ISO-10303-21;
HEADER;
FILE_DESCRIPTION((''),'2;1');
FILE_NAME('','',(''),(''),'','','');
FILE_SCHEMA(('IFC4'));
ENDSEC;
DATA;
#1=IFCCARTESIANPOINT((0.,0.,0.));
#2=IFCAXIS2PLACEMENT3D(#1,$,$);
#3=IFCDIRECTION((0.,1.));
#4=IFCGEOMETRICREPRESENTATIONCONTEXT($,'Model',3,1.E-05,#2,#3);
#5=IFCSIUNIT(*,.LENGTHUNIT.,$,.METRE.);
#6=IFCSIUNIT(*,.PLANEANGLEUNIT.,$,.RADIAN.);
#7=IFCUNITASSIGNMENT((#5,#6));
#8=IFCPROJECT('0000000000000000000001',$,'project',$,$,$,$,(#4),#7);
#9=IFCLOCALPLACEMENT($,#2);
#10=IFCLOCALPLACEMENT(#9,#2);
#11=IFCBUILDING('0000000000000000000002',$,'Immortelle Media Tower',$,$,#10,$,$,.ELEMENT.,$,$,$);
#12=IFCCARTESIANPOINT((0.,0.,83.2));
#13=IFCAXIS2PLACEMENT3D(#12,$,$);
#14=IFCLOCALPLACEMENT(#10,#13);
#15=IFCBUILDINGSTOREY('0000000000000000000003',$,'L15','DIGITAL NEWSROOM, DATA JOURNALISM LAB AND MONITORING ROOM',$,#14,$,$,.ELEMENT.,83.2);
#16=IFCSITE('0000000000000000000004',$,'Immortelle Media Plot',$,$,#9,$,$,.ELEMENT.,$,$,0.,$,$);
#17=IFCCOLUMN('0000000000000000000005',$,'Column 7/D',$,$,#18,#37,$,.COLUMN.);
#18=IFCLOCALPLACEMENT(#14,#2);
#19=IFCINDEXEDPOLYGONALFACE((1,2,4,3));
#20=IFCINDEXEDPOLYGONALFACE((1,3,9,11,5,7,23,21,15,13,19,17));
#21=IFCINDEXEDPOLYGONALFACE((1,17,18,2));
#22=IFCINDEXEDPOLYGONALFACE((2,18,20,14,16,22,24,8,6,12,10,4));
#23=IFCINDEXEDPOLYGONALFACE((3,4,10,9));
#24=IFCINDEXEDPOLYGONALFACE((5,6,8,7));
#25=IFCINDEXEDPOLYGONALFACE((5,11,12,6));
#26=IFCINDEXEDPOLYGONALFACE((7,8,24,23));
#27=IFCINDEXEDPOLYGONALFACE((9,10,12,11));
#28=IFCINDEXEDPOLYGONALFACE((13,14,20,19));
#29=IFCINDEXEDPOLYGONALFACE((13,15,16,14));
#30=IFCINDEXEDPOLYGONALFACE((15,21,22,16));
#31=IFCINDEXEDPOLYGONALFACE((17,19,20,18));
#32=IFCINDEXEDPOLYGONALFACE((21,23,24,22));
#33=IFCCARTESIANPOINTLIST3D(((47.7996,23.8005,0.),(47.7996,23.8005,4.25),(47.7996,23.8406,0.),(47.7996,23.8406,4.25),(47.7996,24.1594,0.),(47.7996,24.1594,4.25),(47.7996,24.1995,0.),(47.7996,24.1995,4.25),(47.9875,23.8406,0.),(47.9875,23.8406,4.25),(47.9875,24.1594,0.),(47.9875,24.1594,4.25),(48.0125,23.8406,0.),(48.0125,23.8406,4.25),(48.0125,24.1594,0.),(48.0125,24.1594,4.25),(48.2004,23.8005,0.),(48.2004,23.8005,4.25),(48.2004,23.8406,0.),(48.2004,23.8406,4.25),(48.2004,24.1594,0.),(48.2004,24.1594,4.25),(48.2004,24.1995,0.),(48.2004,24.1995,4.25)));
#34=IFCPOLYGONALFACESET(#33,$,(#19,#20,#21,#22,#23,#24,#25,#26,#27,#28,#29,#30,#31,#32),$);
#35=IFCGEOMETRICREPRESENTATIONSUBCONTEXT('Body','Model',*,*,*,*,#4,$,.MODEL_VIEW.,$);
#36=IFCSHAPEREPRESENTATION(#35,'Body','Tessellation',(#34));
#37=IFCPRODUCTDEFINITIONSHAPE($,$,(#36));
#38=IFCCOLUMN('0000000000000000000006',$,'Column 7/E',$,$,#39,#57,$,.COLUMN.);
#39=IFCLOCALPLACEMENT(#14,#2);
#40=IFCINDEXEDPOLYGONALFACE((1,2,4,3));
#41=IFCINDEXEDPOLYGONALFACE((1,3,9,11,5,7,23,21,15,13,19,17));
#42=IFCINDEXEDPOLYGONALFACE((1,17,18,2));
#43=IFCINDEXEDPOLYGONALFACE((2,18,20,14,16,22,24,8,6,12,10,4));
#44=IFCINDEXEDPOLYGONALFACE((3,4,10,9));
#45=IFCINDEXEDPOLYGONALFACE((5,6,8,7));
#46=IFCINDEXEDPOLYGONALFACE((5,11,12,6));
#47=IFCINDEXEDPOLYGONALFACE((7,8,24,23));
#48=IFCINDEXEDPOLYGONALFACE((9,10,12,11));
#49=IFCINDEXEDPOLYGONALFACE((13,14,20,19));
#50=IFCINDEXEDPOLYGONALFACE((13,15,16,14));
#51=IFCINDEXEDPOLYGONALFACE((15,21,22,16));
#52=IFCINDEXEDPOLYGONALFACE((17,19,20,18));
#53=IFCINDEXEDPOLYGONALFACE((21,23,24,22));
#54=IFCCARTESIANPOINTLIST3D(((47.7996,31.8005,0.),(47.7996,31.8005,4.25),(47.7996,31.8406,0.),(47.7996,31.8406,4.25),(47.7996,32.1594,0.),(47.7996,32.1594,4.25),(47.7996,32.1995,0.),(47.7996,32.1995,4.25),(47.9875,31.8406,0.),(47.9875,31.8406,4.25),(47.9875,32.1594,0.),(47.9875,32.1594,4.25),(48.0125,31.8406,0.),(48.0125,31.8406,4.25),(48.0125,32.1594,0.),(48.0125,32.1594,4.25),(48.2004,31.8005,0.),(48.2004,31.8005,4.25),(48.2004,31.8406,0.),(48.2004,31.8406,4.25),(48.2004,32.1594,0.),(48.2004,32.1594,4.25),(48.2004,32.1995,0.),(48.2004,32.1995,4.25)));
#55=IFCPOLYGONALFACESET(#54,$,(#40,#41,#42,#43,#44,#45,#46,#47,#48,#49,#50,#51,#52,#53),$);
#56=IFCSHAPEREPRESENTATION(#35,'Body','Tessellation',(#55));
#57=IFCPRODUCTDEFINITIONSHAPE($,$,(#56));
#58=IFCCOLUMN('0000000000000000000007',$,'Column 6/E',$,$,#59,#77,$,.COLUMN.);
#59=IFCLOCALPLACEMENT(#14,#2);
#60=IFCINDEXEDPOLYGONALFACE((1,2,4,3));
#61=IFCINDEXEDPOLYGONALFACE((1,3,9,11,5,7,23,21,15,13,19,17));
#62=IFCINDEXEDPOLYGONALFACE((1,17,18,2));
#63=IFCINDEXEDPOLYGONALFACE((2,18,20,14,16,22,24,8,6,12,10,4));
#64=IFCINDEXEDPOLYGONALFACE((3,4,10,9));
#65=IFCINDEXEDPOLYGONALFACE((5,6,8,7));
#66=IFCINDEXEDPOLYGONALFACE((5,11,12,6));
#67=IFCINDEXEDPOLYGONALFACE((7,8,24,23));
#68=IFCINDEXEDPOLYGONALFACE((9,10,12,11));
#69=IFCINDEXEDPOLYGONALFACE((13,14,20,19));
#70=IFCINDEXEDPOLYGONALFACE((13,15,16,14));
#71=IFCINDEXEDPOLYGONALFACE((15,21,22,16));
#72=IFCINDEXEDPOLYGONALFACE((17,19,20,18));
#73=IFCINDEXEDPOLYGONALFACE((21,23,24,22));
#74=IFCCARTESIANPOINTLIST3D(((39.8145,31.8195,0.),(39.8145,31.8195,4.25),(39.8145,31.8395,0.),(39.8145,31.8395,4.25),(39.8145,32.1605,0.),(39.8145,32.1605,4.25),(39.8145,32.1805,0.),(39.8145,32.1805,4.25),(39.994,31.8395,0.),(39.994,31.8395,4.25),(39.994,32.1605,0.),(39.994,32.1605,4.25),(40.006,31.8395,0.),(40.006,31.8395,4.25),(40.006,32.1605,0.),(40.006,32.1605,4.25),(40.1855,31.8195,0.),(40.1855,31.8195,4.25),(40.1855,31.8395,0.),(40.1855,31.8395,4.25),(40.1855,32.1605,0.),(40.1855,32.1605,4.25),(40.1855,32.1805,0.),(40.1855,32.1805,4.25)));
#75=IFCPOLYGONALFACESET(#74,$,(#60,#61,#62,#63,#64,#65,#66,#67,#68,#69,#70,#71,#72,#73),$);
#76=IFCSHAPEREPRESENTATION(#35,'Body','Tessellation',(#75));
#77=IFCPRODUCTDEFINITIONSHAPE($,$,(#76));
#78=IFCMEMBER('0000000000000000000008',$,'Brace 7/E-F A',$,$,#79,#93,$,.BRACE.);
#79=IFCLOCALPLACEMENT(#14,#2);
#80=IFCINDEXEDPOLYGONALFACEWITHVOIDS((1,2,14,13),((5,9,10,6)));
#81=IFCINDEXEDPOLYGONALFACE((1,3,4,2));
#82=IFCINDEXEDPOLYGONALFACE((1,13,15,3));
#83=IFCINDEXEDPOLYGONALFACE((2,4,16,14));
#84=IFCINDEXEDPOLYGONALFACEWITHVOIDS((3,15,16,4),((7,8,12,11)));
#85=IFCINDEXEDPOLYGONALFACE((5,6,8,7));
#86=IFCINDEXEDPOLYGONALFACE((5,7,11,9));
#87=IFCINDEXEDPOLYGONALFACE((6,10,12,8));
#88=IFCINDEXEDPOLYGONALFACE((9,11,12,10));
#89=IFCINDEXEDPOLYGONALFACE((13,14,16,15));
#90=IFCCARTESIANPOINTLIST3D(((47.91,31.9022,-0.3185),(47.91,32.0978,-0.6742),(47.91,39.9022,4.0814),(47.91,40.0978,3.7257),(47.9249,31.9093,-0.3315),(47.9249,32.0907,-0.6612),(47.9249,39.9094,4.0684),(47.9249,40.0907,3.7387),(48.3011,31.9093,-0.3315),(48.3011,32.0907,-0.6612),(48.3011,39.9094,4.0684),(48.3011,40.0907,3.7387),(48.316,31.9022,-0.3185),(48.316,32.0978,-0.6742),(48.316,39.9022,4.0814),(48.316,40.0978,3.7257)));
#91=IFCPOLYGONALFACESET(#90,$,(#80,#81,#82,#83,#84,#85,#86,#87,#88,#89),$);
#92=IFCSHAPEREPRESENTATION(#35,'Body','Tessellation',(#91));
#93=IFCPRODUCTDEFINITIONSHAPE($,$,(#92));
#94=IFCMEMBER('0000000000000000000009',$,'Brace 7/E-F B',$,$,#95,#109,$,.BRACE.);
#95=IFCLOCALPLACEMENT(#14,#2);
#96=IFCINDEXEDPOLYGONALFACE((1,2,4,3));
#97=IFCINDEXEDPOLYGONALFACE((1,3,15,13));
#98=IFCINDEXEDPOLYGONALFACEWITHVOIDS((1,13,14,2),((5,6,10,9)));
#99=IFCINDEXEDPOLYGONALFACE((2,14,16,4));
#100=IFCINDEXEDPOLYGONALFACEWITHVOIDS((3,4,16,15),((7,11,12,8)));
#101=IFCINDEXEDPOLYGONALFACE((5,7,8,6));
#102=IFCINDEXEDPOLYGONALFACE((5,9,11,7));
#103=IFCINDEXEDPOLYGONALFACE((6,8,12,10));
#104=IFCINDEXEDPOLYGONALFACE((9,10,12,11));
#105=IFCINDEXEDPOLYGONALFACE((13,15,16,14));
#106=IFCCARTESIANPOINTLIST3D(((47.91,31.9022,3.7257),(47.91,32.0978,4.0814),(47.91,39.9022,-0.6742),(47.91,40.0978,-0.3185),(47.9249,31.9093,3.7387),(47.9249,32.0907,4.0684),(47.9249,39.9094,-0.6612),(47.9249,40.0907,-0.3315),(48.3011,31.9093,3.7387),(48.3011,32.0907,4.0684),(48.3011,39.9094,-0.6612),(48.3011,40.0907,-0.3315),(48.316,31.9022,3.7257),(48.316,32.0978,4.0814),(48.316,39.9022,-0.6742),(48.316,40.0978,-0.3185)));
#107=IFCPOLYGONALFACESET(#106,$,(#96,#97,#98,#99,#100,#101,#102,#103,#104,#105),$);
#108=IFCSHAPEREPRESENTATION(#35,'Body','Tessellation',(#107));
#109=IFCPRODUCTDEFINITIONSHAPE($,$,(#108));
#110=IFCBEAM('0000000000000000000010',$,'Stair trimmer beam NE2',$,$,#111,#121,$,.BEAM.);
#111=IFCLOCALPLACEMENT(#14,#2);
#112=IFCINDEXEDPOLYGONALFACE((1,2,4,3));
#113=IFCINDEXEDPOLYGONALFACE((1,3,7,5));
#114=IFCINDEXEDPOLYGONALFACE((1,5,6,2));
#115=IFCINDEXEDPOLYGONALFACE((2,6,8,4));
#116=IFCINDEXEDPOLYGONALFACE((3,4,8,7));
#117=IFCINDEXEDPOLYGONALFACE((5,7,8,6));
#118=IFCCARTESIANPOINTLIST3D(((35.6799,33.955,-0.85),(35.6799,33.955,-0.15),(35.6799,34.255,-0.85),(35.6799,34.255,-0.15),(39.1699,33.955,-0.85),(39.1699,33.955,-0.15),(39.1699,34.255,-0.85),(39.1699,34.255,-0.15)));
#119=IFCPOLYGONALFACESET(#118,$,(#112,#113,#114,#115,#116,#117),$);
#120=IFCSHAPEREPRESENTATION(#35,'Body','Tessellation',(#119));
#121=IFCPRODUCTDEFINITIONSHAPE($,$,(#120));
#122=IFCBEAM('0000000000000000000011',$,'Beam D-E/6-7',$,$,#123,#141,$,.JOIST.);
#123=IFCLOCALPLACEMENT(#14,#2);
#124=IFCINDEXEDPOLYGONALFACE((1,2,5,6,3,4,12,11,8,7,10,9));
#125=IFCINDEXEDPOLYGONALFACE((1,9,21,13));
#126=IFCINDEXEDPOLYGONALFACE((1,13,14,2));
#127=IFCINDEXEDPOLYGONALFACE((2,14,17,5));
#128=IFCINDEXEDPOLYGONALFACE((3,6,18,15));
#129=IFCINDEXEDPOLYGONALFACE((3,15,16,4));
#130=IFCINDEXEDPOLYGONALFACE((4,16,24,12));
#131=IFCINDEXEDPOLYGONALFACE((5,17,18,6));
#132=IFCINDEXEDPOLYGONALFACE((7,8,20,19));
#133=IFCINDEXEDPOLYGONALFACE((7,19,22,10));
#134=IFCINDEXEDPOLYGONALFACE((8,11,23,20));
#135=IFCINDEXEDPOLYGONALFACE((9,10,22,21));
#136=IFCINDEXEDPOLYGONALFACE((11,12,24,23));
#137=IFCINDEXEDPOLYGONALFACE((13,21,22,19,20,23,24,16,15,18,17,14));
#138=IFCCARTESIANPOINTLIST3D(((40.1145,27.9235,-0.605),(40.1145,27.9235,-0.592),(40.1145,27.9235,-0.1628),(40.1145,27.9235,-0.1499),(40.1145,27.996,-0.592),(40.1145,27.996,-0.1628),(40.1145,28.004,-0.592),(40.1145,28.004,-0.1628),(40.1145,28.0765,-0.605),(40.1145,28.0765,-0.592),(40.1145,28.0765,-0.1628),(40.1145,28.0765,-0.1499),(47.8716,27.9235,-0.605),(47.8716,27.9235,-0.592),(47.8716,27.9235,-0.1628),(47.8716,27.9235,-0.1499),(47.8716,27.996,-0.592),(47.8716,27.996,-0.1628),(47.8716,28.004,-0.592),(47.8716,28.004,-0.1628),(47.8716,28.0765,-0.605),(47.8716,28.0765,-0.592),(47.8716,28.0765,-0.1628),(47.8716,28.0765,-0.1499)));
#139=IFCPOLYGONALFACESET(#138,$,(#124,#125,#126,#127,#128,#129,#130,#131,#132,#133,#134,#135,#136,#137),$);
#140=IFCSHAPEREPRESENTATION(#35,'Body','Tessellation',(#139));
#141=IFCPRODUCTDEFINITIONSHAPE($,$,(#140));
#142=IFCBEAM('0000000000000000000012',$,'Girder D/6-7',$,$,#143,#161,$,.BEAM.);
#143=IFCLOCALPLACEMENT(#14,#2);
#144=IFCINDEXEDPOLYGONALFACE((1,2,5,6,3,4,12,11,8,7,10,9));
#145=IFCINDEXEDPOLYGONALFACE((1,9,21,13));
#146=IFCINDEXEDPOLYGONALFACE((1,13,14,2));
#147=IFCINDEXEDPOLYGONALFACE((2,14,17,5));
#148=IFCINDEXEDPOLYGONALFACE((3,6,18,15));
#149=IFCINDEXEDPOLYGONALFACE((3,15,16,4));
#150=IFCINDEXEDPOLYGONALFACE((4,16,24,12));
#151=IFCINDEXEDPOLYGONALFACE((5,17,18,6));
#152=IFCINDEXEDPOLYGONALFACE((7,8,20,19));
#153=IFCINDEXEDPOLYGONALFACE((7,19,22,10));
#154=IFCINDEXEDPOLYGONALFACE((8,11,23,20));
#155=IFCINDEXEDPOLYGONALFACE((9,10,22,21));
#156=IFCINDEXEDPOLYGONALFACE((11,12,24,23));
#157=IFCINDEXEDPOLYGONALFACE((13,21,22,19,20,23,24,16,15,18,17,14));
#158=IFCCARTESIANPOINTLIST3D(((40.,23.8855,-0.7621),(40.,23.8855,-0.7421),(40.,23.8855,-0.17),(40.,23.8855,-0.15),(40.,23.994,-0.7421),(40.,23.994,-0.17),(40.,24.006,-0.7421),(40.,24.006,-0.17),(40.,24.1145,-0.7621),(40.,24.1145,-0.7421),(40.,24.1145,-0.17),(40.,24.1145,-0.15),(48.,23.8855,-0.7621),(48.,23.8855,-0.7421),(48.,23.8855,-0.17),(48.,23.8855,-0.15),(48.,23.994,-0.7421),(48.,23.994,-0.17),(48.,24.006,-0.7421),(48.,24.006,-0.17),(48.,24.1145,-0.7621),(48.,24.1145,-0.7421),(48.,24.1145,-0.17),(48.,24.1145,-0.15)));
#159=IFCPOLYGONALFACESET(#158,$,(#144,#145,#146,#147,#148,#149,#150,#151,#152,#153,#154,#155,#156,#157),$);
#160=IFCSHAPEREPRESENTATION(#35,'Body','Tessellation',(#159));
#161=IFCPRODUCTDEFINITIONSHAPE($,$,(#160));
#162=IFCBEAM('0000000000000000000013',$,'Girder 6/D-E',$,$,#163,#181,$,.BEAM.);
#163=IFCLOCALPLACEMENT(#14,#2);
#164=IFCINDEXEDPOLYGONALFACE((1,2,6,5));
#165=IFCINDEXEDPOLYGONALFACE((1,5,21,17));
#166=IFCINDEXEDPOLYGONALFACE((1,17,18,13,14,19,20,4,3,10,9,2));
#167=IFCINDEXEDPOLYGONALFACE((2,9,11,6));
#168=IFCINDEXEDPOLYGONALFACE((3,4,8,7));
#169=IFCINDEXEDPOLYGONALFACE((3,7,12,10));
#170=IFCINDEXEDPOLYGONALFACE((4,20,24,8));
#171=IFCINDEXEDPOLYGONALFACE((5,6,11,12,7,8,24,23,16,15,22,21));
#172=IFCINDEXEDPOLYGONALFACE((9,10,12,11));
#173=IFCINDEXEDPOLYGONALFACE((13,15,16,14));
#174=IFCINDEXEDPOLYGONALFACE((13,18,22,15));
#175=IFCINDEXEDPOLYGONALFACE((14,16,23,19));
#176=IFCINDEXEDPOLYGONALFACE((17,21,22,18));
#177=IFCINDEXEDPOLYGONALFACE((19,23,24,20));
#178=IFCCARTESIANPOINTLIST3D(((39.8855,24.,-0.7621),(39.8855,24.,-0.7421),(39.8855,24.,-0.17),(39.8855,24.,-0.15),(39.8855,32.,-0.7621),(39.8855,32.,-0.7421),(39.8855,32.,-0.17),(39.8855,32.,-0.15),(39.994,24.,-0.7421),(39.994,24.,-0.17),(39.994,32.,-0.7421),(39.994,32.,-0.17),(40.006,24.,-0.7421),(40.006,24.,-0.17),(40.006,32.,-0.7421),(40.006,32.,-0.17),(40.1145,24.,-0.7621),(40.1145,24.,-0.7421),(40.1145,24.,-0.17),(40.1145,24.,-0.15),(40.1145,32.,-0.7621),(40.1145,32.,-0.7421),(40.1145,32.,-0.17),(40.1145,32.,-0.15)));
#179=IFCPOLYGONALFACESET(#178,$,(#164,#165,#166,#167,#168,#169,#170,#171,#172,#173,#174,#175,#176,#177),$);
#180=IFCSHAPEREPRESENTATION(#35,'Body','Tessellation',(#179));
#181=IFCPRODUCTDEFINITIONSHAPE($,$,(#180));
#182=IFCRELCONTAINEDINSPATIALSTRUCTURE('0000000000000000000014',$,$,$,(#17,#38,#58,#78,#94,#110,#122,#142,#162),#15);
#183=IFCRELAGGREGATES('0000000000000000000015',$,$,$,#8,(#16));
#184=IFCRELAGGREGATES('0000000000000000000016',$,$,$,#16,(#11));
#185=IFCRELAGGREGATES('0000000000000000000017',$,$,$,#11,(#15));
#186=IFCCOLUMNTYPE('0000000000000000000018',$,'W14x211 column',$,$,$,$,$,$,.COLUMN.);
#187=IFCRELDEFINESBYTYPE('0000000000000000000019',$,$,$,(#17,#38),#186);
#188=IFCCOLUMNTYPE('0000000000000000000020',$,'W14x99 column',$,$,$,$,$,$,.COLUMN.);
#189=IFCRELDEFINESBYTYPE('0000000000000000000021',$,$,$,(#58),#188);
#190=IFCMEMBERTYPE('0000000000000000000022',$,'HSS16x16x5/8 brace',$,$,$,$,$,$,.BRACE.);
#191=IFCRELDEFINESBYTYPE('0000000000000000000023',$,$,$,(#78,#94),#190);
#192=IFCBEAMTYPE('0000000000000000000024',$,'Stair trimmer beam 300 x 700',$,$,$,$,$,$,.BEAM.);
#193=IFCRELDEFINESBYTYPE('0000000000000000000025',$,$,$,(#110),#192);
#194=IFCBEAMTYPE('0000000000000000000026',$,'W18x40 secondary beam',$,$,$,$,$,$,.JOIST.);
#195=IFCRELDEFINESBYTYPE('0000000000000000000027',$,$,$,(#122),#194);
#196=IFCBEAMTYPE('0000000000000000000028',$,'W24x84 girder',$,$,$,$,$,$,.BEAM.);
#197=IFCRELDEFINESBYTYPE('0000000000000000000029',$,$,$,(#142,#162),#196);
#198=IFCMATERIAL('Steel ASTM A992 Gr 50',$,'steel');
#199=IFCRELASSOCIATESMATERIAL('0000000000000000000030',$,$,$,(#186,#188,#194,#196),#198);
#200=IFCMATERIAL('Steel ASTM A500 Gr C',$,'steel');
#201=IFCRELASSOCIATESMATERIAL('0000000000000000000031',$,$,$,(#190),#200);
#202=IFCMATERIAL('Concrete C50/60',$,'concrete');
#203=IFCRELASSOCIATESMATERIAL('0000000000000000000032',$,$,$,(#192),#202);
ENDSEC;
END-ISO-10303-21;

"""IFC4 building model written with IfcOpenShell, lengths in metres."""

from ifc_helpers import new_model, si_unit, direction, frame, origin, origin_2d, place, context, subcontext, project, spatial, rectangle, hollow_rectangle, i_section, extrude, material, material_profile, profile_set, type_object, element, save


model = new_model("IFC4")

# Units and contexts
model_context = context("Model", 3, precision=1e-05, world=origin(), true_north=direction((0.0, 1.0)))
body_context = subcontext(model_context, "Body", "Model", "MODEL_VIEW")
ifc_project = project(units=[si_unit("LENGTHUNIT", "METRE"), si_unit("PLANEANGLEUNIT", "RADIAN")], contexts=[model_context])

# Site, building, storey
site_placement = place(None, origin())
site = spatial("IfcSite", under=ifc_project, at=site_placement, Name="Immortelle Media Plot", CompositionType="ELEMENT", RefElevation=0.0)
building_placement = place(site_placement, origin())
building = spatial("IfcBuilding", under=site, at=building_placement, Name="Immortelle Media Tower", CompositionType="ELEMENT")
storey_placement = place(building_placement, frame((0.0, 0.0, 83.2)))
storey = spatial("IfcBuildingStorey", under=building, at=storey_placement, Name="L15", Description="DIGITAL NEWSROOM, DATA JOURNALISM LAB AND MONITORING ROOM", CompositionType="ELEMENT", Elevation=83.2)

# Columns
ifc_material_1 = material(Name="Steel ASTM A992 Gr 50", Category="steel")
ifc_material_profile_1 = material_profile(ifc_material_1, i_section(OverallWidth=0.4009, OverallDepth=0.3989, WebThickness=0.0249, FlangeThickness=0.04, at=origin_2d()), Name="W14x211")
ifc_profile_set_1 = profile_set([ifc_material_profile_1], Name="Steel ASTM A992 Gr 50")
column_type_1 = type_object("IfcColumnType", Name="W14x211 column", PredefinedType="COLUMN", material=ifc_profile_set_1)
for number, where, z_axis, x_axis, name in (
    (1, (48.0, 24.0, 0.0), (0.0, 0.0, 1.0), (1.0, 0.0, 0.0), "Column 7/D"),
    (2, (48.0, 32.0, 0.0), (0.0, 0.0, 1.0), (1.0, 0.0, 0.0), "Column 7/E"),
):
    element("IfcColumn", number, at=place(storey_placement, frame(where, z_axis=z_axis, x_axis=x_axis)), inside=storey, type_object=column_type_1, Name=name, PredefinedType="COLUMN", context=body_context, shape_type="SweptSolid", body=[
        extrude(i_section(OverallWidth=0.4009, OverallDepth=0.3989, WebThickness=0.0249, FlangeThickness=0.04, at=origin_2d()), origin(), (0.0, 0.0, 1.0), 4.25),
    ])
ifc_material_profile_2 = material_profile(ifc_material_1, i_section(OverallWidth=0.3711, OverallDepth=0.3611, WebThickness=0.012, FlangeThickness=0.02, at=origin_2d()), Name="W14x99")
ifc_profile_set_2 = profile_set([ifc_material_profile_2], Name="Steel ASTM A992 Gr 50")
column_type_2 = type_object("IfcColumnType", Name="W14x99 column", PredefinedType="COLUMN", material=ifc_profile_set_2)
column_placement = place(storey_placement, frame((40.0, 32.0, 0.0), z_axis=(0.0, 0.0, 1.0), x_axis=(1.0, 0.0, 0.0)))
element("IfcColumn", 3, at=column_placement, inside=storey, type_object=column_type_2, Name="Column 6/E", PredefinedType="COLUMN", context=body_context, shape_type="SweptSolid", body=[
    extrude(i_section(OverallWidth=0.3711, OverallDepth=0.3611, WebThickness=0.012, FlangeThickness=0.02, at=origin_2d()), origin(), (0.0, 0.0, 1.0), 4.25),
])

# Members
ifc_material_2 = material(Name="Steel ASTM A500 Gr C", Category="steel")
ifc_material_profile_3 = material_profile(ifc_material_2, hollow_rectangle(XDim=0.406, YDim=0.406, WallThickness=0.0149, at=origin_2d()), Name="HSS16x16x5/8 brace")
ifc_profile_set_3 = profile_set([ifc_material_profile_3], Name="Steel ASTM A500 Gr C")
member_type = type_object("IfcMemberType", Name="HSS16x16x5/8 brace", PredefinedType="BRACE", material=ifc_profile_set_3)
for number, where, z_axis, x_axis, name in (
    (4, (48.113, 32.0, -0.4963), (0.0, 0.87622, 0.481911), (-1.0, 0.0, 0.0), "Brace 7/E-F A"),
    (5, (48.113, 32.0, 3.9036), (0.0, 0.87622, -0.481911), (-1.0, 0.0, 0.0), "Brace 7/E-F B"),
):
    element("IfcMember", number, at=place(storey_placement, frame(where, z_axis=z_axis, x_axis=x_axis)), inside=storey, type_object=member_type, Name=name, PredefinedType="BRACE", context=body_context, shape_type="SweptSolid", body=[
        extrude(hollow_rectangle(XDim=0.406, YDim=0.406, WallThickness=0.0149, at=origin_2d()), origin(), (0.0, 0.0, 1.0), 9.1301),
    ])

# Beams
ifc_material_3 = material(Name="Concrete C50/60", Category="concrete")
ifc_material_profile_4 = material_profile(ifc_material_3, rectangle(XDim=0.3, YDim=0.7, at=origin_2d()), Name="RC 300x700")
ifc_profile_set_4 = profile_set([ifc_material_profile_4], Name="Concrete C50/60")
beam_type_1 = type_object("IfcBeamType", Name="Stair trimmer beam 300 x 700", PredefinedType="BEAM", material=ifc_profile_set_4)
beam_1_placement = place(storey_placement, frame((35.6799, 34.105, -0.5), z_axis=(1.0, 0.0, 0.0), x_axis=(0.0, 1.0, 0.0)))
element("IfcBeam", 6, at=beam_1_placement, inside=storey, type_object=beam_type_1, Name="Stair trimmer beam NE2", PredefinedType="BEAM", context=body_context, shape_type="SweptSolid", body=[
    extrude(rectangle(XDim=0.3, YDim=0.7, at=origin_2d()), origin(), (0.0, 0.0, 1.0), 3.49),
])
ifc_material_profile_5 = material_profile(ifc_material_1, i_section(OverallWidth=0.1531, OverallDepth=0.4551, WebThickness=0.0081, FlangeThickness=0.0129, at=origin_2d()), Name="W18x40")
ifc_profile_set_5 = profile_set([ifc_material_profile_5], Name="Steel ASTM A992 Gr 50")
beam_type_2 = type_object("IfcBeamType", Name="W18x40 secondary beam", PredefinedType="JOIST", material=ifc_profile_set_5)
beam_2_placement = place(storey_placement, frame((40.1145, 28.0, -0.3774), z_axis=(1.0, 0.0, 0.0), x_axis=(0.0, 1.0, 0.0)))
element("IfcBeam", 7, at=beam_2_placement, inside=storey, type_object=beam_type_2, Name="Beam D-E/6-7", PredefinedType="JOIST", context=body_context, shape_type="SweptSolid", body=[
    extrude(i_section(OverallWidth=0.1531, OverallDepth=0.4551, WebThickness=0.0081, FlangeThickness=0.0129, at=origin_2d()), origin(), (0.0, 0.0, 1.0), 7.7571),
])
ifc_material_profile_6 = material_profile(ifc_material_1, i_section(OverallWidth=0.229, OverallDepth=0.6121, WebThickness=0.012, FlangeThickness=0.02, at=origin_2d()), Name="W24x84")
ifc_profile_set_6 = profile_set([ifc_material_profile_6], Name="Steel ASTM A992 Gr 50")
beam_type_3 = type_object("IfcBeamType", Name="W24x84 girder", PredefinedType="BEAM", material=ifc_profile_set_6)
for number, where, z_axis, x_axis, name in (
    (8, (40.0, 24.0, -0.4561), (1.0, 0.0, 0.0), (0.0, 1.0, 0.0), "Girder D/6-7"),
    (9, (40.0, 24.0, -0.4561), (0.0, 1.0, 0.0), (-1.0, 0.0, 0.0), "Girder 6/D-E"),
):
    element("IfcBeam", number, at=place(storey_placement, frame(where, z_axis=z_axis, x_axis=x_axis)), inside=storey, type_object=beam_type_3, Name=name, PredefinedType="BEAM", context=body_context, shape_type="SweptSolid", body=[
        extrude(i_section(OverallWidth=0.229, OverallDepth=0.6121, WebThickness=0.012, FlangeThickness=0.02, at=origin_2d()), origin(), (0.0, 0.0, 1.0), 8.0),
    ])

save(model, "model.ifc")
